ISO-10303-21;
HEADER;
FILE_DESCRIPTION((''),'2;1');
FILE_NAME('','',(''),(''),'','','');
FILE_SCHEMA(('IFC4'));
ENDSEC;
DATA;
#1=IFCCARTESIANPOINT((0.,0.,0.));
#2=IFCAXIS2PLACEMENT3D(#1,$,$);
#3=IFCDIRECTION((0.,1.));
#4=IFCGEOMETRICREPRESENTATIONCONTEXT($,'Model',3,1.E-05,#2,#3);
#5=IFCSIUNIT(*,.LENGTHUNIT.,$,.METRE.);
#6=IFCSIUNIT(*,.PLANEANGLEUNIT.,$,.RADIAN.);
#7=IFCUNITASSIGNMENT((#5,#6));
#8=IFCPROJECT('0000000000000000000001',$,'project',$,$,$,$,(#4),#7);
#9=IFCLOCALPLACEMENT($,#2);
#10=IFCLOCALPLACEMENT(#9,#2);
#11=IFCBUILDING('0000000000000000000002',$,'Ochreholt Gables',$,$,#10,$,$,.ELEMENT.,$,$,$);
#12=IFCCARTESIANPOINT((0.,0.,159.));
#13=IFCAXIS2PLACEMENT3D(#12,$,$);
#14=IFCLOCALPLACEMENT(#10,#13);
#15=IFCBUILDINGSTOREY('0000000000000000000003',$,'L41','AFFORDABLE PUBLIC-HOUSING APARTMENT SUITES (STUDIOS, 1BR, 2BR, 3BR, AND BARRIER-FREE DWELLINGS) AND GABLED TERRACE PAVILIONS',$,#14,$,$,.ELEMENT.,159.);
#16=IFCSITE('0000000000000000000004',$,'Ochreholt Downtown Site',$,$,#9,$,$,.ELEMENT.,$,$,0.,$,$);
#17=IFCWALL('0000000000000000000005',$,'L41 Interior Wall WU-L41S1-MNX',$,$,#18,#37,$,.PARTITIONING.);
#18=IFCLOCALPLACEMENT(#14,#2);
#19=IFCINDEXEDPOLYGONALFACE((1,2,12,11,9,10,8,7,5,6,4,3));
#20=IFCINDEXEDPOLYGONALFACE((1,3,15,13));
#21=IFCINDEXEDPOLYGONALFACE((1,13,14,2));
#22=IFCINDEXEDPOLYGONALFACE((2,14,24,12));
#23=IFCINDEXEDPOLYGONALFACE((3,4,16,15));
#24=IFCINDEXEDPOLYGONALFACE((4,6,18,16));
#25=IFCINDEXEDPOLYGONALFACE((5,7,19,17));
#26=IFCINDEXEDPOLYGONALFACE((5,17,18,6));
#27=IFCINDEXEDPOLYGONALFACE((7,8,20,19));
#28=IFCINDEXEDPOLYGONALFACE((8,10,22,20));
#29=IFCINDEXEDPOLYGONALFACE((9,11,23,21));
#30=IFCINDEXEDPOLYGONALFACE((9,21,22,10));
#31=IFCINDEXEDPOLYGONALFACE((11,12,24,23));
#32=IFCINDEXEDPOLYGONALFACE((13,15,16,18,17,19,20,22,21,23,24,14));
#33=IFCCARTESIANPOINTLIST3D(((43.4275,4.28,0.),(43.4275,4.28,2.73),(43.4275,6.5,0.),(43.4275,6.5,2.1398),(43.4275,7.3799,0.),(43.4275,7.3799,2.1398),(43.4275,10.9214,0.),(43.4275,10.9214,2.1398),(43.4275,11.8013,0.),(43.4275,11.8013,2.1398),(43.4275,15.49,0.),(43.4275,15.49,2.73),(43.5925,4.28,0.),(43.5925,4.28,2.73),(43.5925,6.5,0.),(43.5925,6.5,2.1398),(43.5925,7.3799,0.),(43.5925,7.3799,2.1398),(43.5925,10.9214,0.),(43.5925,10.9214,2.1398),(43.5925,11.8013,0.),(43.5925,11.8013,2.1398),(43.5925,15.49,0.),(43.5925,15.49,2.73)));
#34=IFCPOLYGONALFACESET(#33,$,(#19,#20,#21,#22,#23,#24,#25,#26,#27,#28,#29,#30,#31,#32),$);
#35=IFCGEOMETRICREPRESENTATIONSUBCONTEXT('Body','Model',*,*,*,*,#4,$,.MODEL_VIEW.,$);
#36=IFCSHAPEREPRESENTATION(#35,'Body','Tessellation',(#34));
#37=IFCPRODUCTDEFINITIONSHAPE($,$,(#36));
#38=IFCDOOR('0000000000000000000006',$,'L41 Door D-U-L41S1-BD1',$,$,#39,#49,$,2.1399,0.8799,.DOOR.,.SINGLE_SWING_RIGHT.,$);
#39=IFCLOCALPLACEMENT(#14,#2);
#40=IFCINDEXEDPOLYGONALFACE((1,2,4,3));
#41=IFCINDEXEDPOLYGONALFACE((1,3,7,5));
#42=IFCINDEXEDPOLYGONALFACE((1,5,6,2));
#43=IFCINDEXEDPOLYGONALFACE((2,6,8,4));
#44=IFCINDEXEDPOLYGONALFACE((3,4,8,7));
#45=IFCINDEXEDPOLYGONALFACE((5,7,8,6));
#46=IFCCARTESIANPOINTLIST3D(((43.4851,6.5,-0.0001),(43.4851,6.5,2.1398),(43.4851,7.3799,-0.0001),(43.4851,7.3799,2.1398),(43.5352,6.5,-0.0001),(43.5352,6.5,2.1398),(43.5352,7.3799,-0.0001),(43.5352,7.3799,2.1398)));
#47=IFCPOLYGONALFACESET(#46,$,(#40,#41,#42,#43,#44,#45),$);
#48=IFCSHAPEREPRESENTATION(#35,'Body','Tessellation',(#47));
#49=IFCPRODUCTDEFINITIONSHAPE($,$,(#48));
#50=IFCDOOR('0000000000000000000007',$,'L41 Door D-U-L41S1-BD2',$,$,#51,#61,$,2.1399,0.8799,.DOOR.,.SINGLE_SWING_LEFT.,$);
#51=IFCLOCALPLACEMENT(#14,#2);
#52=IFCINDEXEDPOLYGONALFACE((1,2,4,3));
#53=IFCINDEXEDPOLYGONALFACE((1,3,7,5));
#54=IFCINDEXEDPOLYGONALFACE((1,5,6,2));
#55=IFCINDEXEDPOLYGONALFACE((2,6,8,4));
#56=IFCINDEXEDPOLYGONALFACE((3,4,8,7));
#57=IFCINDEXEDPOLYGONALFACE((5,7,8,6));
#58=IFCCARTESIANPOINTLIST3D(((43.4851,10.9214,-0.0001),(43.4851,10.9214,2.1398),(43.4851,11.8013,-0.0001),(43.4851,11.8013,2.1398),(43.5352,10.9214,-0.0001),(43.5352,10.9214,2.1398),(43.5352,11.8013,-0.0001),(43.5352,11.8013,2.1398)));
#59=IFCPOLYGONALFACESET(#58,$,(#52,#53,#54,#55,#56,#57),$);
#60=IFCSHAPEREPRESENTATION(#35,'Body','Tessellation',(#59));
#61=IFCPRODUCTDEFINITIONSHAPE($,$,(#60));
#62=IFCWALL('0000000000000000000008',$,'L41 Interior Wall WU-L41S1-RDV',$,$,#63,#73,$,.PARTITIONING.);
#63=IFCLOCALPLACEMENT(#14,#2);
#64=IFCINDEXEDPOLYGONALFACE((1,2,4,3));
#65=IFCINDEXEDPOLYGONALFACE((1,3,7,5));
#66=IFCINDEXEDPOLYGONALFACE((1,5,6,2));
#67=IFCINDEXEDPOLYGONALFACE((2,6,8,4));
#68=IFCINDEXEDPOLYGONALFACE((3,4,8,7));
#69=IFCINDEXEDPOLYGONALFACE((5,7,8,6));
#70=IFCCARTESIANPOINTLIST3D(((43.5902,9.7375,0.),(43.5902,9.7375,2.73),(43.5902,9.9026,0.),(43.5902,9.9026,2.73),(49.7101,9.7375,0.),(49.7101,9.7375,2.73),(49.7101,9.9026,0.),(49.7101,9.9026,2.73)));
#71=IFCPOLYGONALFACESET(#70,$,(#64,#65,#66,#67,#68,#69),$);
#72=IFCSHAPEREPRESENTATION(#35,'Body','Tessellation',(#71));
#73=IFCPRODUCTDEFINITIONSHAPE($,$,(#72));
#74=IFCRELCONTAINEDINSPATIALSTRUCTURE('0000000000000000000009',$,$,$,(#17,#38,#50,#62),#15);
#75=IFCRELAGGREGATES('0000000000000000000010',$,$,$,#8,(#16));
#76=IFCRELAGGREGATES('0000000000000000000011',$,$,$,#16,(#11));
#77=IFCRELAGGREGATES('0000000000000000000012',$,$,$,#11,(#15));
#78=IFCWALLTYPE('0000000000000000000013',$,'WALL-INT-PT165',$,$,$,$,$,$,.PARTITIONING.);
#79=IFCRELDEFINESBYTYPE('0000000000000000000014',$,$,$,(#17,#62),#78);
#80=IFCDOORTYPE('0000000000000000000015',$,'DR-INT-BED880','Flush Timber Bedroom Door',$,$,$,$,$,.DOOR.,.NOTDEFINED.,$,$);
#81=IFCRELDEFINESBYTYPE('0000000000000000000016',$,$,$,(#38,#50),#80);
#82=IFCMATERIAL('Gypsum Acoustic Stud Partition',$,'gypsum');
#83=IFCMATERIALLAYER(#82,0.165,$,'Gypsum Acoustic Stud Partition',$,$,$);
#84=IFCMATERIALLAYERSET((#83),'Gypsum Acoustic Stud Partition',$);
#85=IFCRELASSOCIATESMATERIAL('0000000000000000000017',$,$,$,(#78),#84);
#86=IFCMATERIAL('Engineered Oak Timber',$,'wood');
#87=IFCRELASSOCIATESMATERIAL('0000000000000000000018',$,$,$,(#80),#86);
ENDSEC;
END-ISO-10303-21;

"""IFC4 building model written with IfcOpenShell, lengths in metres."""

from ifc_helpers import new_model, si_unit, direction, frame, frame_2d, origin, place, context, subcontext, project, spatial, rectangle, extrude, material, layer, layer_set, type_object, element, fill, save


model = new_model("IFC4")

# Units and contexts
model_context = context("Model", 3, precision=1e-05, world=origin(), true_north=direction((0.0, 1.0)))
body_context = subcontext(model_context, "Body", "Model", "MODEL_VIEW")
ifc_project = project(units=[si_unit("LENGTHUNIT", "METRE"), si_unit("PLANEANGLEUNIT", "RADIAN")], contexts=[model_context])

# Site, building, storey
site_placement = place(None, origin())
site = spatial("IfcSite", under=ifc_project, at=site_placement, Name="Ochreholt Downtown Site", CompositionType="ELEMENT", RefElevation=0.0)
building_placement = place(site_placement, origin())
building = spatial("IfcBuilding", under=site, at=building_placement, Name="Ochreholt Gables", CompositionType="ELEMENT")
storey_placement = place(building_placement, frame((0.0, 0.0, 159.0)))
storey = spatial("IfcBuildingStorey", under=building, at=storey_placement, Name="L41", Description="AFFORDABLE PUBLIC-HOUSING APARTMENT SUITES (STUDIOS, 1BR, 2BR, 3BR, AND BARRIER-FREE DWELLINGS) AND GABLED TERRACE PAVILIONS", CompositionType="ELEMENT", Elevation=159.0)

# Shared definitions
ifc_material_1 = material(Name="Engineered Oak Timber", Category="wood")

# Shared definitions
ifc_material_2 = material(Name="Gypsum Acoustic Stud Partition", Category="gypsum")
ifc_layer_1 = layer(ifc_material_2, 0.165, Name="Gypsum Acoustic Stud Partition")
ifc_layer_set_1 = layer_set([ifc_layer_1], Name="Gypsum Acoustic Stud Partition")
wall_type_1 = type_object("IfcWallType", Name="WALL-INT-PT165", PredefinedType="PARTITIONING", material=ifc_layer_set_1)

# Wall, openings, doors
wall_1_placement = place(storey_placement, frame((43.51, 4.28, 0.0), z_axis=(0.0, 0.0, 1.0), x_axis=(0.0, 1.0, 0.0)))
wall_1 = element("IfcWall", 1, at=wall_1_placement, inside=storey, type_object=wall_type_1, Name="L41 Interior Wall WU-L41S1-MNX", PredefinedType="PARTITIONING", context=body_context, shape_type="SweptSolid", body=[
    extrude(rectangle(XDim=11.21, YDim=0.165, at=frame_2d((5.605, 0.0))), origin(), (0.0, 0.0, 1.0), 2.73),
])
opening_1_placement = place(wall_1_placement, frame((2.22, 0.0, 0.0)))
opening_1 = element("IfcOpeningElement", 2, at=opening_1_placement, cuts=wall_1, PredefinedType="OPENING", context=body_context, shape_type="SweptSolid", body=[
    extrude(rectangle(XDim=0.8799, YDim=2.1399, at=frame_2d((0.4399, 1.0698))), frame((0.0, 0.0925, 0.0), z_axis=(0.0, -1.0, 0.0), x_axis=(1.0, 0.0, 0.0)), (0.0, 0.0, 1.0), 0.1851),
])
opening_2_placement = place(wall_1_placement, frame((6.6414, 0.0, 0.0)))
opening_2 = element("IfcOpeningElement", 3, at=opening_2_placement, cuts=wall_1, PredefinedType="OPENING", context=body_context, shape_type="SweptSolid", body=[
    extrude(rectangle(XDim=0.8799, YDim=2.1399, at=frame_2d((0.4399, 1.0698))), frame((0.0, 0.0925, 0.0), z_axis=(0.0, -1.0, 0.0), x_axis=(1.0, 0.0, 0.0)), (0.0, 0.0, 1.0), 0.1851),
])
door_type_1 = type_object("IfcDoorType", Name="DR-INT-BED880", Description="Flush Timber Bedroom Door", OperationType="NOTDEFINED", PredefinedType="DOOR", material=ifc_material_1)
door_1_placement = place(opening_1_placement, origin())
door_1 = element("IfcDoor", 4, at=door_1_placement, inside=storey, type_object=door_type_1, Name="L41 Door D-U-L41S1-BD1", OperationType="SINGLE_SWING_RIGHT", OverallHeight=2.1399, OverallWidth=0.8799, PredefinedType="DOOR", context=body_context, shape_type="SweptSolid", body=[
    extrude(rectangle(XDim=0.8799, YDim=2.1399, at=frame_2d((0.4399, 1.0698))), frame((0.0, 0.0249, 0.0), z_axis=(0.0, -1.0, 0.0), x_axis=(1.0, 0.0, 0.0)), (0.0, 0.0, 1.0), 0.05),
])
fill(opening_1, door_1)
door_2_placement = place(opening_2_placement, origin())
door_2 = element("IfcDoor", 5, at=door_2_placement, inside=storey, type_object=door_type_1, Name="L41 Door D-U-L41S1-BD2", OperationType="SINGLE_SWING_LEFT", OverallHeight=2.1399, OverallWidth=0.8799, PredefinedType="DOOR", context=body_context, shape_type="SweptSolid", body=[
    extrude(rectangle(XDim=0.8799, YDim=2.1399, at=frame_2d((0.4399, 1.0698))), frame((0.0, 0.0249, 0.0), z_axis=(0.0, -1.0, 0.0), x_axis=(1.0, 0.0, 0.0)), (0.0, 0.0, 1.0), 0.05),
])
fill(opening_2, door_2)

# Wall
wall_2_placement = place(storey_placement, frame((43.5901, 9.8201, 0.0), z_axis=(0.0, 0.0, 1.0), x_axis=(1.0, 0.0, 0.0)))
element("IfcWall", 6, at=wall_2_placement, inside=storey, type_object=wall_type_1, Name="L41 Interior Wall WU-L41S1-RDV", PredefinedType="PARTITIONING", context=body_context, shape_type="SweptSolid", body=[
    extrude(rectangle(XDim=6.1199, YDim=0.165, at=frame_2d((3.0601, 0.0))), origin(), (0.0, 0.0, 1.0), 2.73),
])

save(model, "model.ifc")
